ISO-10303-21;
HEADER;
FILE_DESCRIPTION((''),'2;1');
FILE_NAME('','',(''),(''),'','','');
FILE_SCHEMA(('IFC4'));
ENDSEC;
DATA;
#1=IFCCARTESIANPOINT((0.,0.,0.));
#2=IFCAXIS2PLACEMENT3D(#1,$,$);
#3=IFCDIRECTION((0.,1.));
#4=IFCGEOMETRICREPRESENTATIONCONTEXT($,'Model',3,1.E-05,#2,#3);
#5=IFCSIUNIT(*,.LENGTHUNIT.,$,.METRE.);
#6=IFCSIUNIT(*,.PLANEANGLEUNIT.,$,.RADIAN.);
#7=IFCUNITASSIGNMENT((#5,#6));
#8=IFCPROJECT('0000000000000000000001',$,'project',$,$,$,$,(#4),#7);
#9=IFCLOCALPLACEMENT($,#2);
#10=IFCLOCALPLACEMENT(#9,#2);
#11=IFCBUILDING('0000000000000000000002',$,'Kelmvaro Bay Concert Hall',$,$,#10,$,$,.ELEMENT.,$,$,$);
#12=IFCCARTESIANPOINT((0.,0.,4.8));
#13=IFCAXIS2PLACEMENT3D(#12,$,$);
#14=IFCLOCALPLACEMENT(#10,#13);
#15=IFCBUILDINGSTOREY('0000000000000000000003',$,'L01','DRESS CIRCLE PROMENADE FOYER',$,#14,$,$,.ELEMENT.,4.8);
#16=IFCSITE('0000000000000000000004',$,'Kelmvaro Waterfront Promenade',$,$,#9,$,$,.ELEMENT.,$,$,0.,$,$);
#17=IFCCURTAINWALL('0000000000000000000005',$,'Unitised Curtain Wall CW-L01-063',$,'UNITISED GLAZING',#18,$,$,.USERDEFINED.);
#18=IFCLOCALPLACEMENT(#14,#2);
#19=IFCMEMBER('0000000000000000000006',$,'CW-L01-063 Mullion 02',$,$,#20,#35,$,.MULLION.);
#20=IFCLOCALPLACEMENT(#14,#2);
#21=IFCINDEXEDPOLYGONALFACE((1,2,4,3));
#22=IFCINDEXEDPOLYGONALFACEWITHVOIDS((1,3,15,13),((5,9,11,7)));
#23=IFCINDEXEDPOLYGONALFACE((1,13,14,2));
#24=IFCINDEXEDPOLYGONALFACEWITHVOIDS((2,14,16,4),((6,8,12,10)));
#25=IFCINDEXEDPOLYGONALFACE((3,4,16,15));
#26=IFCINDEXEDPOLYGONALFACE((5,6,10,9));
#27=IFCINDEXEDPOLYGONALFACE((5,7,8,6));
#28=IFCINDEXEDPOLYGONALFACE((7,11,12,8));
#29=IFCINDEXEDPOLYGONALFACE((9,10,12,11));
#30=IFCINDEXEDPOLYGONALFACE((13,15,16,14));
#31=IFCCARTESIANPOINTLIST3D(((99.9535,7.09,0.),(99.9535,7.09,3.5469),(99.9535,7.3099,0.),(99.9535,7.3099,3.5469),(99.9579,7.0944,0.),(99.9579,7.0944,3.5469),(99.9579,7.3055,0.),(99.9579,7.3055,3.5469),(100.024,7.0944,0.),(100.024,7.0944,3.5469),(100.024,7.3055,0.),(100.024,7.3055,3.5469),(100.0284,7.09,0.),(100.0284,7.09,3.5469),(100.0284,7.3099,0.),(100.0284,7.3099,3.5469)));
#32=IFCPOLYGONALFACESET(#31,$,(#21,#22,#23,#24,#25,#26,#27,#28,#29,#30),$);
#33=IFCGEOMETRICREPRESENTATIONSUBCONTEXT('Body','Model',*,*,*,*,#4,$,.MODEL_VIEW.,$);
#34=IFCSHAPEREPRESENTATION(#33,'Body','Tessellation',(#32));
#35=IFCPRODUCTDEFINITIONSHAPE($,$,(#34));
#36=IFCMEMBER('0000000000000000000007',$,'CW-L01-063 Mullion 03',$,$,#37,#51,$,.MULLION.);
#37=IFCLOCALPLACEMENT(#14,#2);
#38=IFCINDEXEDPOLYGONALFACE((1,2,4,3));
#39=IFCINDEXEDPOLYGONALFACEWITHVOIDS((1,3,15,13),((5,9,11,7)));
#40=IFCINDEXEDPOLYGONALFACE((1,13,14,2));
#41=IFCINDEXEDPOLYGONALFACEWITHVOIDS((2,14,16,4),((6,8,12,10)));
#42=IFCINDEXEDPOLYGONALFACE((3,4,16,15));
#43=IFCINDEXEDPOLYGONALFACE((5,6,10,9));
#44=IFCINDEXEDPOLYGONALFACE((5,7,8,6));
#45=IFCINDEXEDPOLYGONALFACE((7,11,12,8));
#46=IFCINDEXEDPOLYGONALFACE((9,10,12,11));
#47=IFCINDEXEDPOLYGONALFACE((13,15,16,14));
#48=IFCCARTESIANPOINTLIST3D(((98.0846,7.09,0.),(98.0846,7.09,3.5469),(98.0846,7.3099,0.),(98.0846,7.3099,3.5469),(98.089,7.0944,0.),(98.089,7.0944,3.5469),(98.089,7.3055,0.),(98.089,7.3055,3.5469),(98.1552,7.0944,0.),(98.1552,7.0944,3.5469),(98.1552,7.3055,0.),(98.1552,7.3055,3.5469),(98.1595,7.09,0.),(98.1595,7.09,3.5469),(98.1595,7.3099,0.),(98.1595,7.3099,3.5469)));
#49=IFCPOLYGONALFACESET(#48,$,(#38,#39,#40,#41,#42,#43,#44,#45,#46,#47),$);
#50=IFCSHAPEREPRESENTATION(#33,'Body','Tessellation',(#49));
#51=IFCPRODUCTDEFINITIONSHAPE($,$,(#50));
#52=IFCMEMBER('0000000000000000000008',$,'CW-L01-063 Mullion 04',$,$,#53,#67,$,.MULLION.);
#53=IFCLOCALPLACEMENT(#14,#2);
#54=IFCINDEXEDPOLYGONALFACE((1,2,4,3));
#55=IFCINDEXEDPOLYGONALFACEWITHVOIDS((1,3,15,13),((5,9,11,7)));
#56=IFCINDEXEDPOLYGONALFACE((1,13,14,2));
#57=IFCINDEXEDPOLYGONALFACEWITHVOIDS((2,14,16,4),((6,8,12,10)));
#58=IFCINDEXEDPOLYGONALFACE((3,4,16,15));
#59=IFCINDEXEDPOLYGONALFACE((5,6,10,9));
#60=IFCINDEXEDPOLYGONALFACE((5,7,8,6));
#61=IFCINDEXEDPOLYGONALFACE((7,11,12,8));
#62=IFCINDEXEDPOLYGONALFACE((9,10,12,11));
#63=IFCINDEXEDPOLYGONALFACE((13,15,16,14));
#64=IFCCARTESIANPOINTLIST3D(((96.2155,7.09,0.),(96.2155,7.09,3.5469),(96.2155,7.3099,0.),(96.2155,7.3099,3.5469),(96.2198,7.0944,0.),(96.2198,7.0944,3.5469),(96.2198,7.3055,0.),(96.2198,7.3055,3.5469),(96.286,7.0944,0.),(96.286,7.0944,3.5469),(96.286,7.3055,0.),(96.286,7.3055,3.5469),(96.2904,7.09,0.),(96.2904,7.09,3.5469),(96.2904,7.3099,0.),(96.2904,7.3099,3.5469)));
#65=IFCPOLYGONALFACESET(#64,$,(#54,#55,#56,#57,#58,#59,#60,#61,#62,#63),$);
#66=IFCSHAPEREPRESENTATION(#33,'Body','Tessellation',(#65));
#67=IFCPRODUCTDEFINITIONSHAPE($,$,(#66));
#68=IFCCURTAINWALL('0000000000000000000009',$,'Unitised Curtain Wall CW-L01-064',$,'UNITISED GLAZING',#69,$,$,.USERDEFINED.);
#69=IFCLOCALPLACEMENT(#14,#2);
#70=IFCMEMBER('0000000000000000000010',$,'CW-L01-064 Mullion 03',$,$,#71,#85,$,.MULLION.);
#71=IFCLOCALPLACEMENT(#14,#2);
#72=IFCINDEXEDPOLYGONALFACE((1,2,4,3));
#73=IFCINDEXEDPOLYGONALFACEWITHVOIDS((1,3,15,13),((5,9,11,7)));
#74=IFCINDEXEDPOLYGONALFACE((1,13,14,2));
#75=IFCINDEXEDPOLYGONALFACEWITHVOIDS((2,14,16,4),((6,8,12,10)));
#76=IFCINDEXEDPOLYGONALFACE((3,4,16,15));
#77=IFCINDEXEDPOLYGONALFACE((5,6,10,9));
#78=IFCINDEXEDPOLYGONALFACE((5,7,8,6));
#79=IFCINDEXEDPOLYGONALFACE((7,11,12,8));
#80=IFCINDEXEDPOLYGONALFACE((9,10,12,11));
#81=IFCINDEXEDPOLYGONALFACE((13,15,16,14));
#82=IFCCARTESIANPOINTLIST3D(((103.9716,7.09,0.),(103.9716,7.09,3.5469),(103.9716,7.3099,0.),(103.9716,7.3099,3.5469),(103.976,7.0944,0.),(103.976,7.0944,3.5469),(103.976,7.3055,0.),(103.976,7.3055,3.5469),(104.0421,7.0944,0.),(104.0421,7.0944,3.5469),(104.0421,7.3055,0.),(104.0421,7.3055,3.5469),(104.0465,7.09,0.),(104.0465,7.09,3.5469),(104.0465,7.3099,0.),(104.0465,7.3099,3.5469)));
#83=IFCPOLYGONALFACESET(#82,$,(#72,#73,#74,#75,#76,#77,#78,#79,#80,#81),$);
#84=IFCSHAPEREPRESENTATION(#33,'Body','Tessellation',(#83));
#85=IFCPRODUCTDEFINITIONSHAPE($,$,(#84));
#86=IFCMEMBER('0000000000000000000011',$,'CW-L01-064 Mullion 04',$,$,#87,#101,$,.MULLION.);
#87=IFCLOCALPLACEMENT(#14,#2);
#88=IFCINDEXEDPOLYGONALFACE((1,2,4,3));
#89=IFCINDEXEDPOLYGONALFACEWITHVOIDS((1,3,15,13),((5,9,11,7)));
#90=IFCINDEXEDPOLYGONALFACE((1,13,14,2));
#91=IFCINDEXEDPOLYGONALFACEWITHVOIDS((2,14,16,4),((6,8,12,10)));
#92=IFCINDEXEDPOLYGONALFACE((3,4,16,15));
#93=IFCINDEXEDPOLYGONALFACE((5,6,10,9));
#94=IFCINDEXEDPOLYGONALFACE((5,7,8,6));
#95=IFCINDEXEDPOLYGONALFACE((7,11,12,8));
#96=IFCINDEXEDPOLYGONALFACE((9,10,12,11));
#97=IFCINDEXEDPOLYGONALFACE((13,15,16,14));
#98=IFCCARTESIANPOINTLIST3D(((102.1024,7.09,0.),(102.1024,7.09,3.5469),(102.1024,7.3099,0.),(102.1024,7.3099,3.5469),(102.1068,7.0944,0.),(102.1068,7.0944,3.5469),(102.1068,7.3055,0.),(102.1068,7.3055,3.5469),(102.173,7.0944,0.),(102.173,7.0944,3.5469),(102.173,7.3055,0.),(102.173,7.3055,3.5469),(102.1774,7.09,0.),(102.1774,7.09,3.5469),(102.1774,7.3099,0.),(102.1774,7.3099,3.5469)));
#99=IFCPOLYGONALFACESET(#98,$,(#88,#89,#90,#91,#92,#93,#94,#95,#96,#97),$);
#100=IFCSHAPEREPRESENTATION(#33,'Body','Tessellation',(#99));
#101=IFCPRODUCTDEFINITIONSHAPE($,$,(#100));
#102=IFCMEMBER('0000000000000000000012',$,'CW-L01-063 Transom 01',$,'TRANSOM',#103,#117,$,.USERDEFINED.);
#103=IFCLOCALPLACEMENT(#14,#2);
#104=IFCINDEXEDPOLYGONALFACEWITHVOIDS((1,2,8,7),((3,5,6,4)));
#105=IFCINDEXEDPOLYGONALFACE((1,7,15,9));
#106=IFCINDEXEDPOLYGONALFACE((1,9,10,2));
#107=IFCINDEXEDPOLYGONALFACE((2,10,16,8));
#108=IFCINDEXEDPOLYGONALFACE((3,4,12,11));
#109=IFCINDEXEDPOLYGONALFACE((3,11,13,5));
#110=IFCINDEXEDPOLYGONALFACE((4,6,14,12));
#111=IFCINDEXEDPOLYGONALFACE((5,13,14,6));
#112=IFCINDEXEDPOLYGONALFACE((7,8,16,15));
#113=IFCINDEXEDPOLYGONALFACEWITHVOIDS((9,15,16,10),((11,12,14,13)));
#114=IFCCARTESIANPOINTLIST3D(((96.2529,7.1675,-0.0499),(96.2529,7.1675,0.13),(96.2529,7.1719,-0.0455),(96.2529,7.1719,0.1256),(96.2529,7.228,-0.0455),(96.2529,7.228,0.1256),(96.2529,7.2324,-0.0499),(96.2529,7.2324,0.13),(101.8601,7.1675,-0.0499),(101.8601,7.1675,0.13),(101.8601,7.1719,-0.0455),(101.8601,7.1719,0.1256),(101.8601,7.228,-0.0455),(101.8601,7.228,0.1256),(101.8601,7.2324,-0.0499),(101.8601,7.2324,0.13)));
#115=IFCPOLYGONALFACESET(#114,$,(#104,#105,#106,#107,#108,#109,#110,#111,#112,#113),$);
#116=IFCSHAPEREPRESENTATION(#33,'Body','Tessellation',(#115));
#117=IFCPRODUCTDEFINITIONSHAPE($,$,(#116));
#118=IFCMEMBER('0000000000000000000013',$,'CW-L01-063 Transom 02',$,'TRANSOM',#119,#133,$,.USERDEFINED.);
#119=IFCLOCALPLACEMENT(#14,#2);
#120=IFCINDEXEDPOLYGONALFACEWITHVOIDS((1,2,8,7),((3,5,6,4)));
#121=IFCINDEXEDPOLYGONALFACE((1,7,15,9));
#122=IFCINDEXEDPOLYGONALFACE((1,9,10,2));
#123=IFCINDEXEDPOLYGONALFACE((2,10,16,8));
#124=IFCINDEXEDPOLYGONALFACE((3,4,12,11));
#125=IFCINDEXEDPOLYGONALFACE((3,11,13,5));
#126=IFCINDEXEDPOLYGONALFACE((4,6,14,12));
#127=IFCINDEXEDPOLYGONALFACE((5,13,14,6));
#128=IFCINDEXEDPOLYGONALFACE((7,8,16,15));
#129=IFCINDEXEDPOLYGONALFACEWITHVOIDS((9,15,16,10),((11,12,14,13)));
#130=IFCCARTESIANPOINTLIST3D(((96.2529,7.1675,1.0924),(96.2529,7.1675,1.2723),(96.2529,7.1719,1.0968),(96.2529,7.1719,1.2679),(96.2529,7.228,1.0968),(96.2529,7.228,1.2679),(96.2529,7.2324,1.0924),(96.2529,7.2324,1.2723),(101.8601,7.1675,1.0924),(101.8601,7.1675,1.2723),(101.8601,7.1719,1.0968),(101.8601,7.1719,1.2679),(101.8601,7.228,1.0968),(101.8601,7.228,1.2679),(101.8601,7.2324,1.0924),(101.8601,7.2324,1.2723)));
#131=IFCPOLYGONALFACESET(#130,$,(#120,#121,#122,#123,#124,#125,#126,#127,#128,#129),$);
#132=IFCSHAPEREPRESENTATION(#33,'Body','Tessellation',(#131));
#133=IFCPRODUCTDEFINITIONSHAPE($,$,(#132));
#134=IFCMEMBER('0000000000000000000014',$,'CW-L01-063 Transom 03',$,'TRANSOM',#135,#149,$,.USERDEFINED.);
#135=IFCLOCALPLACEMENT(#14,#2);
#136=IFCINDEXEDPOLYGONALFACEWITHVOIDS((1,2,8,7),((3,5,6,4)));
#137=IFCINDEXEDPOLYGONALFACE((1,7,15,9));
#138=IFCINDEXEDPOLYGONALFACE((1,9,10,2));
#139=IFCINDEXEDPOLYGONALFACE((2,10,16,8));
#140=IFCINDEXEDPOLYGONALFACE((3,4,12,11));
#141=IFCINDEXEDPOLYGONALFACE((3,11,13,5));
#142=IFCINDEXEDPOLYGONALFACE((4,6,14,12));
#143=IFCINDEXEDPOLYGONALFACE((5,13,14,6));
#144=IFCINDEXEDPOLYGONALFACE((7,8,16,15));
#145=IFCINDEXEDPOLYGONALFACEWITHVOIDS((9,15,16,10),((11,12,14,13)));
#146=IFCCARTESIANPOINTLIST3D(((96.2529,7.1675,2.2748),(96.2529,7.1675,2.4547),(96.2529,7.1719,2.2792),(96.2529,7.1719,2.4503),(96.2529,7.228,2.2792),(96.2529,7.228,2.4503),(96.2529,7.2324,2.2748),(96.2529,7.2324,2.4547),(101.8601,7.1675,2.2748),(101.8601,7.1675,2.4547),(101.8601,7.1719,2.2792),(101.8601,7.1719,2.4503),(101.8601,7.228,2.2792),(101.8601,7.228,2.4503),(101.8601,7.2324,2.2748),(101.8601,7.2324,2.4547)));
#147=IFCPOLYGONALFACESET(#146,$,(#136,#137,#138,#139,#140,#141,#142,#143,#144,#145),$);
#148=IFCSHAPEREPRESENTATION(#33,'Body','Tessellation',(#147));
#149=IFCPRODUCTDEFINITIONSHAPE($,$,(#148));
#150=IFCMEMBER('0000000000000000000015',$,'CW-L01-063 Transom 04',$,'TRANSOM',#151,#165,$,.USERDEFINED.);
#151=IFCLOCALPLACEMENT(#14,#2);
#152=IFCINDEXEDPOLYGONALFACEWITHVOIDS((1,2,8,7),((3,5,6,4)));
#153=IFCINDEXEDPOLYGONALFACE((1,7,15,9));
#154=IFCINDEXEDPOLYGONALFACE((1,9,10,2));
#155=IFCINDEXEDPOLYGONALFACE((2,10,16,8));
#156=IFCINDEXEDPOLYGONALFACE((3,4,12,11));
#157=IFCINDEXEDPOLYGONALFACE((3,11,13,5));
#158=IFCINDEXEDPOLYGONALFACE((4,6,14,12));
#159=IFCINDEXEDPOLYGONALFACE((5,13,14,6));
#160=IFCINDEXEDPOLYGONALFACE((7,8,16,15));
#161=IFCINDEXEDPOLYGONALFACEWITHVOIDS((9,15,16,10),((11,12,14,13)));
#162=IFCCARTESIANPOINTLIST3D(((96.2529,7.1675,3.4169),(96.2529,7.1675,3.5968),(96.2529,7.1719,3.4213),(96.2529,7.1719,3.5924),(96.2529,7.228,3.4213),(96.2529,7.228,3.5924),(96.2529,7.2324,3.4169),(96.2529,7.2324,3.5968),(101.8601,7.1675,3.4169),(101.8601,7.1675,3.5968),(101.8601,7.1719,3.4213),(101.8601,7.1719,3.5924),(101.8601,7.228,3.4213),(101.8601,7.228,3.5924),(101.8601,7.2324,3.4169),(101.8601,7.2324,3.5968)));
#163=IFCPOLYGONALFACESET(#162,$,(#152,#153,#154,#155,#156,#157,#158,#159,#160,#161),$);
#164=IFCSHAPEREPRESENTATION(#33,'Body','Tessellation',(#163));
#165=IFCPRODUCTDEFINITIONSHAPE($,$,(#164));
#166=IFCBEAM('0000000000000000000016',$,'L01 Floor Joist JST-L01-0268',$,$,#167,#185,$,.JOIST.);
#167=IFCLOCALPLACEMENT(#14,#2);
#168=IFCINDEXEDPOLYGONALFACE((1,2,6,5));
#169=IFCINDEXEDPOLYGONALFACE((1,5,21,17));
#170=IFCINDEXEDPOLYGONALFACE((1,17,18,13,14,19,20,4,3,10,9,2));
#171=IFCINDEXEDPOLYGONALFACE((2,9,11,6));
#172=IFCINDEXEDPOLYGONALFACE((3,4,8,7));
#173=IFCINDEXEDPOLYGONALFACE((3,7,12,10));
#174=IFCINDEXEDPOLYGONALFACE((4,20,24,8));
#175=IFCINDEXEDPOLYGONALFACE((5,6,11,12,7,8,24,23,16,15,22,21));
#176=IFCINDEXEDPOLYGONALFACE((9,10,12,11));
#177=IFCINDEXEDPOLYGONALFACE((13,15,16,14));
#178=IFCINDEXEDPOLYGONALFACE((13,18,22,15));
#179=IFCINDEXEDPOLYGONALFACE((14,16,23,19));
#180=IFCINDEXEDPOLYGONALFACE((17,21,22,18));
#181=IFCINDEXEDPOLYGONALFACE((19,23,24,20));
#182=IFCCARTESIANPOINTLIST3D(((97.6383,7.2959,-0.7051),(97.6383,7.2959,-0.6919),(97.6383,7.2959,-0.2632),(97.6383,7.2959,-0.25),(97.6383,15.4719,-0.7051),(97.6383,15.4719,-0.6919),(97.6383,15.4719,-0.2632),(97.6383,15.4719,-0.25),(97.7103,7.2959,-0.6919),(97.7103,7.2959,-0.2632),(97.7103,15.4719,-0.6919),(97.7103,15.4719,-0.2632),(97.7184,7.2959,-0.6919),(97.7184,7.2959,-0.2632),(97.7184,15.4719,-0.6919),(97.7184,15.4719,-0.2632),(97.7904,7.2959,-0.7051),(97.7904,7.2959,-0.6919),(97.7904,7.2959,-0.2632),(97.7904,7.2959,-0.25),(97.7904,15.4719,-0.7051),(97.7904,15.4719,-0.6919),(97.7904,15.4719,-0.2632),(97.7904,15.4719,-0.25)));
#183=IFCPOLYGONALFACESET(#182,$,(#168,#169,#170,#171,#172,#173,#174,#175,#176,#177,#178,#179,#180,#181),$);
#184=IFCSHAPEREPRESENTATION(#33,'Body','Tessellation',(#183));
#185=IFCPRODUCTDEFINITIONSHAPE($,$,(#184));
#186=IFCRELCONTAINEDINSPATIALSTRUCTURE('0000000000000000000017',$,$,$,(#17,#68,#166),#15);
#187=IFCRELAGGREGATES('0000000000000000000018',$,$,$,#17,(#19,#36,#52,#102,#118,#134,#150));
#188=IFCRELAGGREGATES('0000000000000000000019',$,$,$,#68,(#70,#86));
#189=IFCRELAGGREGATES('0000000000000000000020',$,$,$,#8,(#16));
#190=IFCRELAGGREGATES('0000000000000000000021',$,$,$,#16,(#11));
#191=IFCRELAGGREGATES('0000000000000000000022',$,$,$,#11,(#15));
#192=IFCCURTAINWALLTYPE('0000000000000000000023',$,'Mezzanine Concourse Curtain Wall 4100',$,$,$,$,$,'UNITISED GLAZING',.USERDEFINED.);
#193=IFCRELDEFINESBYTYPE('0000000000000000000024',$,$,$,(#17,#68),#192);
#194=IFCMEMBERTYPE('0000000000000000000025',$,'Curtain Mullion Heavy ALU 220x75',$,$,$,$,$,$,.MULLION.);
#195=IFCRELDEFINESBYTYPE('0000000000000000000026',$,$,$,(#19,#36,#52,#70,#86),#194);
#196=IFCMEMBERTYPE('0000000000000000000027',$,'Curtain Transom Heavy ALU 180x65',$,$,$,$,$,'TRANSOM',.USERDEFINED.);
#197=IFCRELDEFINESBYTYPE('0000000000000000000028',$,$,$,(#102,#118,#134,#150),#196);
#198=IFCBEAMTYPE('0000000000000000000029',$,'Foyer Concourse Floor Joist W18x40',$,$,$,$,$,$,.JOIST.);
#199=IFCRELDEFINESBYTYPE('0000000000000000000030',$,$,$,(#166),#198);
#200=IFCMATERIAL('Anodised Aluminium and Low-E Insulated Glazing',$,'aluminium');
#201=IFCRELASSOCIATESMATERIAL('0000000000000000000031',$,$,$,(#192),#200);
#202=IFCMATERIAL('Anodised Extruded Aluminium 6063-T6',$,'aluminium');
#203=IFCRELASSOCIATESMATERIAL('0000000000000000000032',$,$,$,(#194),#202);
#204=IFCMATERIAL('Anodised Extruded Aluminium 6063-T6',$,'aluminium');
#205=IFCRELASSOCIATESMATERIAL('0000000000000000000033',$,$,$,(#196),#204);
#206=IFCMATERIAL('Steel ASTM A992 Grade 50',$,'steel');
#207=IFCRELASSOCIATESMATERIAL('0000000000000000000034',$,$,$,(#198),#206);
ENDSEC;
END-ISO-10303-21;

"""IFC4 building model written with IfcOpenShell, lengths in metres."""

from ifc_helpers import new_model, si_unit, direction, frame, origin, origin_2d, place, context, subcontext, project, spatial, hollow_rectangle, i_section, extrude, material, material_profile, profile_set, type_object, element, aggregate, save


model = new_model("IFC4")

# Units and contexts
model_context = context("Model", 3, precision=1e-05, world=origin(), true_north=direction((0.0, 1.0)))
body_context = subcontext(model_context, "Body", "Model", "MODEL_VIEW")
ifc_project = project(units=[si_unit("LENGTHUNIT", "METRE"), si_unit("PLANEANGLEUNIT", "RADIAN")], contexts=[model_context])

# Site, building, storey
site_placement = place(None, origin())
site = spatial("IfcSite", under=ifc_project, at=site_placement, Name="Kelmvaro Waterfront Promenade", CompositionType="ELEMENT", RefElevation=0.0)
building_placement = place(site_placement, origin())
building = spatial("IfcBuilding", under=site, at=building_placement, Name="Kelmvaro Bay Concert Hall", CompositionType="ELEMENT")
storey_placement = place(building_placement, frame((0.0, 0.0, 4.8)))
storey = spatial("IfcBuildingStorey", under=building, at=storey_placement, Name="L01", Description="DRESS CIRCLE PROMENADE FOYER", CompositionType="ELEMENT", Elevation=4.8)

# Curtain walls, members
ifc_material_1 = material(Name="Anodised Aluminium and Low-E Insulated Glazing", Category="aluminium")
curtain_wall_type = type_object("IfcCurtainWallType", Name="Mezzanine Concourse Curtain Wall 4100", ElementType="UNITISED GLAZING", PredefinedType="USERDEFINED", material=ifc_material_1)
curtain_wall_1_placement = place(storey_placement, origin())
curtain_wall_1 = element("IfcCurtainWall", 1, at=curtain_wall_1_placement, inside=storey, type_object=curtain_wall_type, Name="Unitised Curtain Wall CW-L01-063", ObjectType="UNITISED GLAZING", PredefinedType="USERDEFINED")
ifc_material_2 = material(Name="Anodised Extruded Aluminium 6063-T6", Category="aluminium")
ifc_material_profile_1 = material_profile(ifc_material_2, hollow_rectangle(XDim=0.075, YDim=0.22, WallThickness=0.0044, at=origin_2d()), Name="ALU-MUL-220X75")
ifc_profile_set_1 = profile_set([ifc_material_profile_1], Name="Anodised Extruded Aluminium 6063-T6")
member_type_1 = type_object("IfcMemberType", Name="Curtain Mullion Heavy ALU 220x75", PredefinedType="MULLION", material=ifc_profile_set_1)
member_1_placement = place(storey_placement, frame((99.991, 7.2, 0.0), z_axis=(0.0, 0.0, 1.0), x_axis=(1.0, 0.0, 0.0)))
member_1 = element("IfcMember", 2, at=member_1_placement, type_object=member_type_1, Name="CW-L01-063 Mullion 02", PredefinedType="MULLION", context=body_context, shape_type="SweptSolid", body=[
    extrude(hollow_rectangle(XDim=0.075, YDim=0.22, WallThickness=0.0044, at=origin_2d()), origin(), (0.0, 0.0, 1.0), 3.5469),
])
member_2_placement = place(storey_placement, frame((98.1221, 7.2, 0.0), z_axis=(0.0, 0.0, 1.0), x_axis=(1.0, 0.0, 0.0)))
member_2 = element("IfcMember", 3, at=member_2_placement, type_object=member_type_1, Name="CW-L01-063 Mullion 03", PredefinedType="MULLION", context=body_context, shape_type="SweptSolid", body=[
    extrude(hollow_rectangle(XDim=0.075, YDim=0.22, WallThickness=0.0044, at=origin_2d()), origin(), (0.0, 0.0, 1.0), 3.5469),
])
member_3_placement = place(storey_placement, frame((96.2529, 7.2, 0.0), z_axis=(0.0, 0.0, 1.0), x_axis=(1.0, 0.0, 0.0)))
member_3 = element("IfcMember", 4, at=member_3_placement, type_object=member_type_1, Name="CW-L01-063 Mullion 04", PredefinedType="MULLION", context=body_context, shape_type="SweptSolid", body=[
    extrude(hollow_rectangle(XDim=0.075, YDim=0.22, WallThickness=0.0044, at=origin_2d()), origin(), (0.0, 0.0, 1.0), 3.5469),
])
curtain_wall_2_placement = place(storey_placement, origin())
curtain_wall_2 = element("IfcCurtainWall", 5, at=curtain_wall_2_placement, inside=storey, type_object=curtain_wall_type, Name="Unitised Curtain Wall CW-L01-064", ObjectType="UNITISED GLAZING", PredefinedType="USERDEFINED")
member_4_placement = place(storey_placement, frame((104.009, 7.2, 0.0), z_axis=(0.0, 0.0, 1.0), x_axis=(1.0, 0.0, 0.0)))
member_4 = element("IfcMember", 6, at=member_4_placement, type_object=member_type_1, Name="CW-L01-064 Mullion 03", PredefinedType="MULLION", context=body_context, shape_type="SweptSolid", body=[
    extrude(hollow_rectangle(XDim=0.075, YDim=0.22, WallThickness=0.0044, at=origin_2d()), origin(), (0.0, 0.0, 1.0), 3.5469),
])
member_5_placement = place(storey_placement, frame((102.1399, 7.2, 0.0), z_axis=(0.0, 0.0, 1.0), x_axis=(1.0, 0.0, 0.0)))
member_5 = element("IfcMember", 7, at=member_5_placement, type_object=member_type_1, Name="CW-L01-064 Mullion 04", PredefinedType="MULLION", context=body_context, shape_type="SweptSolid", body=[
    extrude(hollow_rectangle(XDim=0.075, YDim=0.22, WallThickness=0.0044, at=origin_2d()), origin(), (0.0, 0.0, 1.0), 3.5469),
])

# Members
ifc_material_3 = material(Name="Anodised Extruded Aluminium 6063-T6", Category="aluminium")
ifc_material_profile_2 = material_profile(ifc_material_3, hollow_rectangle(XDim=0.0649, YDim=0.1799, WallThickness=0.0044, at=origin_2d()), Name="ALU-TRN-180X65")
ifc_profile_set_2 = profile_set([ifc_material_profile_2], Name="Anodised Extruded Aluminium 6063-T6")
member_type_2 = type_object("IfcMemberType", Name="Curtain Transom Heavy ALU 180x65", ElementType="TRANSOM", PredefinedType="USERDEFINED", material=ifc_profile_set_2)
member_6_placement = place(storey_placement, frame((101.8601, 7.2, 0.04), z_axis=(-1.0, 0.0, 0.0), x_axis=(0.0, -1.0, 0.0)))
member_6 = element("IfcMember", 8, at=member_6_placement, type_object=member_type_2, Name="CW-L01-063 Transom 01", ObjectType="TRANSOM", PredefinedType="USERDEFINED", context=body_context, shape_type="SweptSolid", body=[
    extrude(hollow_rectangle(XDim=0.0649, YDim=0.1799, WallThickness=0.0044, at=origin_2d()), origin(), (0.0, 0.0, 1.0), 5.6072),
])
member_7_placement = place(storey_placement, frame((101.8601, 7.2, 1.1824), z_axis=(-1.0, 0.0, 0.0), x_axis=(0.0, -1.0, 0.0)))
member_7 = element("IfcMember", 9, at=member_7_placement, type_object=member_type_2, Name="CW-L01-063 Transom 02", ObjectType="TRANSOM", PredefinedType="USERDEFINED", context=body_context, shape_type="SweptSolid", body=[
    extrude(hollow_rectangle(XDim=0.0649, YDim=0.1799, WallThickness=0.0044, at=origin_2d()), origin(), (0.0, 0.0, 1.0), 5.6072),
])
member_8_placement = place(storey_placement, frame((101.8601, 7.2, 2.3647), z_axis=(-1.0, 0.0, 0.0), x_axis=(0.0, -1.0, 0.0)))
member_8 = element("IfcMember", 10, at=member_8_placement, type_object=member_type_2, Name="CW-L01-063 Transom 03", ObjectType="TRANSOM", PredefinedType="USERDEFINED", context=body_context, shape_type="SweptSolid", body=[
    extrude(hollow_rectangle(XDim=0.0649, YDim=0.1799, WallThickness=0.0044, at=origin_2d()), origin(), (0.0, 0.0, 1.0), 5.6072),
])
member_9_placement = place(storey_placement, frame((101.8601, 7.2, 3.5068), z_axis=(-1.0, 0.0, 0.0), x_axis=(0.0, -1.0, 0.0)))
member_9 = element("IfcMember", 11, at=member_9_placement, type_object=member_type_2, Name="CW-L01-063 Transom 04", ObjectType="TRANSOM", PredefinedType="USERDEFINED", context=body_context, shape_type="SweptSolid", body=[
    extrude(hollow_rectangle(XDim=0.0649, YDim=0.1799, WallThickness=0.0044, at=origin_2d()), origin(), (0.0, 0.0, 1.0), 5.6072),
])

# Beam
ifc_material_4 = material(Name="Steel ASTM A992 Grade 50", Category="steel")
ifc_material_profile_3 = material_profile(ifc_material_4, i_section(OverallWidth=0.1521, OverallDepth=0.4551, WebThickness=0.0081, FlangeThickness=0.0132, at=origin_2d()), Name="W18X40")
ifc_profile_set_3 = profile_set([ifc_material_profile_3], Name="Steel ASTM A992 Grade 50")
beam_type_1 = type_object("IfcBeamType", Name="Foyer Concourse Floor Joist W18x40", PredefinedType="JOIST", material=ifc_profile_set_3)
for number, where, z_axis, x_axis, name in (
    (12, (97.7144, 7.2959, -0.4775), (0.0, 1.0, 0.0), (-1.0, 0.0, 0.0), "L01 Floor Joist JST-L01-0268"),
):
    element("IfcBeam", number, at=place(storey_placement, frame(where, z_axis=z_axis, x_axis=x_axis)), inside=storey, type_object=beam_type_1, Name=name, PredefinedType="JOIST", context=body_context, shape_type="SweptSolid", body=[
        extrude(i_section(OverallWidth=0.1521, OverallDepth=0.4551, WebThickness=0.0081, FlangeThickness=0.0132, at=origin_2d()), origin(), (0.0, 0.0, 1.0), 8.176),
    ])

aggregate(curtain_wall_1, [member_1, member_2, member_3, member_6, member_7, member_8, member_9])
aggregate(curtain_wall_2, [member_4, member_5])

save(model, "model.ifc")
